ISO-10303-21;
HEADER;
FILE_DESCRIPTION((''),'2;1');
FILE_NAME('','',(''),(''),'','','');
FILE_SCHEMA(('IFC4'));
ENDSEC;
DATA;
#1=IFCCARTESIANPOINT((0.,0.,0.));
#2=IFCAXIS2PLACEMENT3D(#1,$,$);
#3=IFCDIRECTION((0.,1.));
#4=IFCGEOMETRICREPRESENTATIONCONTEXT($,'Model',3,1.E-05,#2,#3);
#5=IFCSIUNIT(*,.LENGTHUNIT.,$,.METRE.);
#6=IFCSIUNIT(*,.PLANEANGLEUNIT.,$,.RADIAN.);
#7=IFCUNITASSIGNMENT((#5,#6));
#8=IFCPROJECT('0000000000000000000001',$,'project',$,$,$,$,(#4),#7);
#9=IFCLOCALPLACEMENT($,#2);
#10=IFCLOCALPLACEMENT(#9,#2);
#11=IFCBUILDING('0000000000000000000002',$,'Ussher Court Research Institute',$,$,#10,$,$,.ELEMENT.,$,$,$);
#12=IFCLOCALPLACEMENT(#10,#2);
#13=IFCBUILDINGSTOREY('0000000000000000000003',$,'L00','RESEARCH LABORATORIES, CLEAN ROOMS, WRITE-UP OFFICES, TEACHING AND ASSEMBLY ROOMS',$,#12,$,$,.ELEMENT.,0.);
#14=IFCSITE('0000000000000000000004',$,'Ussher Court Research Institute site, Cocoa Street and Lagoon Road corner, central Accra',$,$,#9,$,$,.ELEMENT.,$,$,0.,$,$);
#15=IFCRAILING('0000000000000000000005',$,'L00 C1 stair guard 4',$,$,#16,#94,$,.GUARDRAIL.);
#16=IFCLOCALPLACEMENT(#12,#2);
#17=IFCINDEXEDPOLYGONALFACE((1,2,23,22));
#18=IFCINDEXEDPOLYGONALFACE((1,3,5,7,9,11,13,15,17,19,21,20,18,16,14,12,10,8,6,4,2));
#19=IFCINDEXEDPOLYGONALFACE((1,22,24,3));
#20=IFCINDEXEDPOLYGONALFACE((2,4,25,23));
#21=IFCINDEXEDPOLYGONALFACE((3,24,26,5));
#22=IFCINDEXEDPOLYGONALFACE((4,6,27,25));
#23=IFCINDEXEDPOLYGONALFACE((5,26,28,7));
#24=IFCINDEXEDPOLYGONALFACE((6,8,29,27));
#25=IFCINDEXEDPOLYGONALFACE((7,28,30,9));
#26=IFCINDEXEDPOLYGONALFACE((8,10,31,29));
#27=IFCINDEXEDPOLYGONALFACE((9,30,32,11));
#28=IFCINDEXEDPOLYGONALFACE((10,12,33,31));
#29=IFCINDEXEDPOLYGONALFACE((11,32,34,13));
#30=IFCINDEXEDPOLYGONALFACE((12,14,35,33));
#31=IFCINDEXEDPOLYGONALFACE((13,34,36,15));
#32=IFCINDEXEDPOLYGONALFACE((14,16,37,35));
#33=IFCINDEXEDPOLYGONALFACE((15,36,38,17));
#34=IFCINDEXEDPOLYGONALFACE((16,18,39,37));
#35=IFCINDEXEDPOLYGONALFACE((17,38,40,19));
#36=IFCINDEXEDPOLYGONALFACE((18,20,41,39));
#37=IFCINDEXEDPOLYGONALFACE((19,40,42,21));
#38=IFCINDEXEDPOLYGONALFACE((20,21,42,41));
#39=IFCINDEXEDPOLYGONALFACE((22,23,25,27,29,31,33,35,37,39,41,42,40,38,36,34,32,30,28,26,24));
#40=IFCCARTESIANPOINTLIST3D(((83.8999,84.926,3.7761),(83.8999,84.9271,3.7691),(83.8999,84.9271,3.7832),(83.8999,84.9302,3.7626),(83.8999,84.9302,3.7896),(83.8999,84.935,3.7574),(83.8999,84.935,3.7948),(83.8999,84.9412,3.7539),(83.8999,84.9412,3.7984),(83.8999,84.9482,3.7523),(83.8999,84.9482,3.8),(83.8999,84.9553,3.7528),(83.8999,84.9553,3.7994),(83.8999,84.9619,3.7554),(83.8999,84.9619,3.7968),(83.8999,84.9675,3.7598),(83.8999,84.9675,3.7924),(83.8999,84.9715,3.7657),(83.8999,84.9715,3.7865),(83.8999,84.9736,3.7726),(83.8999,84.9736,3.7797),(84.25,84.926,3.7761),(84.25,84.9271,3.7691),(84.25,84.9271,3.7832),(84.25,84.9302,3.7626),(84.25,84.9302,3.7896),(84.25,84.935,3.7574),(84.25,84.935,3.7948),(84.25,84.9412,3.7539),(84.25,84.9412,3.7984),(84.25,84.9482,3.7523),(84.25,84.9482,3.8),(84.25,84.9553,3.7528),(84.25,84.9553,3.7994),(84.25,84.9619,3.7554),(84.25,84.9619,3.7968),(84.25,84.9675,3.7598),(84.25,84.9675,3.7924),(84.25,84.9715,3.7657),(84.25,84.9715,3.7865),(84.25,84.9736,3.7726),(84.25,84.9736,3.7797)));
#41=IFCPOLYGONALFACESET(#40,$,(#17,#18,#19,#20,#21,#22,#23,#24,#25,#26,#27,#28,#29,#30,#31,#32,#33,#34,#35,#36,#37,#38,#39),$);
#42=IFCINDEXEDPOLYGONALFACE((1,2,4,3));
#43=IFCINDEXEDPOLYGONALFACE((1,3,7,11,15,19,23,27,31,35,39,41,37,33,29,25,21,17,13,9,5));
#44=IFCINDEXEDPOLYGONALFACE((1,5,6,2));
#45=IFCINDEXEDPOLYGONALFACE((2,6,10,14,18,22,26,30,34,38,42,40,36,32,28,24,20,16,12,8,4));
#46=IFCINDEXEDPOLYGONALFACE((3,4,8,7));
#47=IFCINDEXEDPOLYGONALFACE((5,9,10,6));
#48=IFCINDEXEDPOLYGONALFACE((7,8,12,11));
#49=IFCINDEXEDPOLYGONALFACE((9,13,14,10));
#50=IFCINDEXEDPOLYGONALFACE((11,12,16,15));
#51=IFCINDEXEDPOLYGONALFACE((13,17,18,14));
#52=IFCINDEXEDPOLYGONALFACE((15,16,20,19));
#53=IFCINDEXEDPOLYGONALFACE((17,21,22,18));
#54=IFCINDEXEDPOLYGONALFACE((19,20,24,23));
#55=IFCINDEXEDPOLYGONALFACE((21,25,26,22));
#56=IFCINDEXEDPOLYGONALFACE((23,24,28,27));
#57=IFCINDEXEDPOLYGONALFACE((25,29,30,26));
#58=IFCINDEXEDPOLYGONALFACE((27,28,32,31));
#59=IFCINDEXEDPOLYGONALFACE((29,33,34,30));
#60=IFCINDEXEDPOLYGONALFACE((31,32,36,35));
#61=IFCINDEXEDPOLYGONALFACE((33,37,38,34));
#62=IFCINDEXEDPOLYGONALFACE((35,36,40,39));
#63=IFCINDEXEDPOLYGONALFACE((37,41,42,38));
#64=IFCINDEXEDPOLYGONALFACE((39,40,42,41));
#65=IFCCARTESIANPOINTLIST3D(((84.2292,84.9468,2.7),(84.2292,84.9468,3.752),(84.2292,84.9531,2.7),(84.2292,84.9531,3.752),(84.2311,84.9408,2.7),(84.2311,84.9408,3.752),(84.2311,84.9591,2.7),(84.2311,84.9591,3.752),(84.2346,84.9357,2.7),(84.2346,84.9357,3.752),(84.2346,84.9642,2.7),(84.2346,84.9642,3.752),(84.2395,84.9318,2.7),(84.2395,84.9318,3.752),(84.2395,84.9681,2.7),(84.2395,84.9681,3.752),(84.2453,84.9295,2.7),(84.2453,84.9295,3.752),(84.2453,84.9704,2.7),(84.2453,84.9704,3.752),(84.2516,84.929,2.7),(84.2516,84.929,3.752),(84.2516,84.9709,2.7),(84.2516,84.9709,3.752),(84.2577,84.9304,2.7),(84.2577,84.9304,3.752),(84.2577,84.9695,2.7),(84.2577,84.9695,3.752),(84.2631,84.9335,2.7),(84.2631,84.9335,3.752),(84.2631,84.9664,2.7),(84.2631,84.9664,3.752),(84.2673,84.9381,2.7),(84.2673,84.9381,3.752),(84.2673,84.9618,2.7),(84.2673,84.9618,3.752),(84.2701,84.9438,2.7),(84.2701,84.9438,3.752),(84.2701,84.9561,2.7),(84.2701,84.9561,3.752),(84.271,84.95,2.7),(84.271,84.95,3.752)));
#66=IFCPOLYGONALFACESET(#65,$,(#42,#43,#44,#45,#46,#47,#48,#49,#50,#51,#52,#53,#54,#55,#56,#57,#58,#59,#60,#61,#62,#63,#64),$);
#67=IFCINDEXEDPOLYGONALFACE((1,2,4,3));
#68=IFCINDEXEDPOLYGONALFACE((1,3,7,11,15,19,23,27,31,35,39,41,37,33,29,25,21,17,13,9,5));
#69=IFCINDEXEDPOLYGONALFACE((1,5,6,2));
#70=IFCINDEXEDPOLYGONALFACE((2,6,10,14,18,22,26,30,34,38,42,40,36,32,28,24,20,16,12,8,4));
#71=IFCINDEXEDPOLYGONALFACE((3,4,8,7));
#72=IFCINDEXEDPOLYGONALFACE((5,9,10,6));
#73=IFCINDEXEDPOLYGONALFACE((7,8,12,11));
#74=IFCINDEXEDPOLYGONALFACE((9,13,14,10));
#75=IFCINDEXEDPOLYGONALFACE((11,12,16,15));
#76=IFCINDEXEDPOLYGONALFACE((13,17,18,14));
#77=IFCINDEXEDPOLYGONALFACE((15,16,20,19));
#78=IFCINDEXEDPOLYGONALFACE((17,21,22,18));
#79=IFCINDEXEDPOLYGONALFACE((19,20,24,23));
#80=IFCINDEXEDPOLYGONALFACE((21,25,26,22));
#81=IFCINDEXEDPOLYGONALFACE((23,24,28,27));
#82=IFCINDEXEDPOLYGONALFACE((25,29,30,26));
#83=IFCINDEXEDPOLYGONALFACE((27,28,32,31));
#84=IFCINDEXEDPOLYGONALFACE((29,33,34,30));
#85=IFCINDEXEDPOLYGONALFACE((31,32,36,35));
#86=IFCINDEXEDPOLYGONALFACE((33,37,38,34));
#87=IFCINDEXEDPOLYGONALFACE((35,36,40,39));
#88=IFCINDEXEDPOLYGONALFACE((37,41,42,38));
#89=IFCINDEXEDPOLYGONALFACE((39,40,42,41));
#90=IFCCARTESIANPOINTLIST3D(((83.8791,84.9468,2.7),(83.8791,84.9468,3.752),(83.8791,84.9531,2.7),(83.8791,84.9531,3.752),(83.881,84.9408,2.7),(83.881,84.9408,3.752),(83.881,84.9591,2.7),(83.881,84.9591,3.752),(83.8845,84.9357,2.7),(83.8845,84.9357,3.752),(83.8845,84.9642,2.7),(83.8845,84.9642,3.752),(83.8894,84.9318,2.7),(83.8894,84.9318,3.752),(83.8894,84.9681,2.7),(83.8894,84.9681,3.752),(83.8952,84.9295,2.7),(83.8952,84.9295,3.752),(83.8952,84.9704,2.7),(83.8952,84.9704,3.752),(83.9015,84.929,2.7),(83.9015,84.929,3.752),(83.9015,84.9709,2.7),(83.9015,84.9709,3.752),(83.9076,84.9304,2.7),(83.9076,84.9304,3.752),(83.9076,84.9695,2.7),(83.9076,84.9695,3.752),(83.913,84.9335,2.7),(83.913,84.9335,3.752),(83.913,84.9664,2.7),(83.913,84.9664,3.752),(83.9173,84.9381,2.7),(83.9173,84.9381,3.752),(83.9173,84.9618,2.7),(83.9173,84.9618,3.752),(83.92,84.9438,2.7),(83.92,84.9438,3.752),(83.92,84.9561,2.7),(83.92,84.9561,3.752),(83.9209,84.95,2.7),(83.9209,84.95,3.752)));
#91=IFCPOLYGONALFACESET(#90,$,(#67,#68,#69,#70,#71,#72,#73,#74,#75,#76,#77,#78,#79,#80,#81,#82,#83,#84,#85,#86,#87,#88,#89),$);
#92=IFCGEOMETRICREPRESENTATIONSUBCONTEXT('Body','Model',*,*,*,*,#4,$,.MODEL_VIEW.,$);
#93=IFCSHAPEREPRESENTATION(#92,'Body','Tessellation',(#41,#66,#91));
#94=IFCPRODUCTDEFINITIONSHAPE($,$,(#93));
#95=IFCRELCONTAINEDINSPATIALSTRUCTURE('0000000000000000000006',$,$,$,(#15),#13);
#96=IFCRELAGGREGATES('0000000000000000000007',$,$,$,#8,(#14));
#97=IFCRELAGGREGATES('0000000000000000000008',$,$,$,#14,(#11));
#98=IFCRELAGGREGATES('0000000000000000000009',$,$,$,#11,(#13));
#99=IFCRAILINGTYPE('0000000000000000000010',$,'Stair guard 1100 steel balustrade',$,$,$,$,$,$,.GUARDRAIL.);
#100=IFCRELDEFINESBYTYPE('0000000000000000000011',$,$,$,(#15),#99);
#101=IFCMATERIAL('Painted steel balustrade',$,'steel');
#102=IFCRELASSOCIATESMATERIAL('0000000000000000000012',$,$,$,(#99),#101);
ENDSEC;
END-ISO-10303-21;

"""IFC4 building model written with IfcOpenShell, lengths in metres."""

from ifc_helpers import new_model, si_unit, direction, frame, origin, origin_2d, place, context, subcontext, project, spatial, circle, extrude, material, type_object, element, save


model = new_model("IFC4")

# Units and contexts
model_context = context("Model", 3, precision=1e-05, world=origin(), true_north=direction((0.0, 1.0)))
body_context = subcontext(model_context, "Body", "Model", "MODEL_VIEW")
ifc_project = project(units=[si_unit("LENGTHUNIT", "METRE"), si_unit("PLANEANGLEUNIT", "RADIAN")], contexts=[model_context])

# Site, building, storey
site_placement = place(None, origin())
site = spatial("IfcSite", under=ifc_project, at=site_placement, Name="Ussher Court Research Institute site, Cocoa Street and Lagoon Road corner, central Accra", CompositionType="ELEMENT", RefElevation=0.0)
building_placement = place(site_placement, origin())
building = spatial("IfcBuilding", under=site, at=building_placement, Name="Ussher Court Research Institute", CompositionType="ELEMENT")
storey_placement = place(building_placement, origin())
storey = spatial("IfcBuildingStorey", under=building, at=storey_placement, Name="L00", Description="RESEARCH LABORATORIES, CLEAN ROOMS, WRITE-UP OFFICES, TEACHING AND ASSEMBLY ROOMS", CompositionType="ELEMENT", Elevation=0.0)

# Railing
ifc_material_1 = material(Name="Painted steel balustrade", Category="steel")
railing_type_1 = type_object("IfcRailingType", Name="Stair guard 1100 steel balustrade", PredefinedType="GUARDRAIL", material=ifc_material_1)
railing_1_placement = place(storey_placement, frame((84.25, 84.95, 2.7)))
element("IfcRailing", 1, at=railing_1_placement, inside=storey, type_object=railing_type_1, Name="L00 C1 stair guard 4", PredefinedType="GUARDRAIL", context=body_context, shape_type="SweptSolid", body=[
    extrude(circle(Radius=0.0239, at=origin_2d()), frame((0.0, 0.0, 1.0762), z_axis=(-1.0, 0.0, 0.0), x_axis=(0.0, -1.0, 0.0)), (0.0, 0.0, 1.0), 0.3501),
    extrude(circle(Radius=0.021, at=origin_2d()), origin(), (0.0, 0.0, 1.0), 1.052),
    extrude(circle(Radius=0.021, at=origin_2d()), frame((-0.3501, 0.0, 0.0)), (0.0, 0.0, 1.0), 1.052),
])

save(model, "model.ifc")
